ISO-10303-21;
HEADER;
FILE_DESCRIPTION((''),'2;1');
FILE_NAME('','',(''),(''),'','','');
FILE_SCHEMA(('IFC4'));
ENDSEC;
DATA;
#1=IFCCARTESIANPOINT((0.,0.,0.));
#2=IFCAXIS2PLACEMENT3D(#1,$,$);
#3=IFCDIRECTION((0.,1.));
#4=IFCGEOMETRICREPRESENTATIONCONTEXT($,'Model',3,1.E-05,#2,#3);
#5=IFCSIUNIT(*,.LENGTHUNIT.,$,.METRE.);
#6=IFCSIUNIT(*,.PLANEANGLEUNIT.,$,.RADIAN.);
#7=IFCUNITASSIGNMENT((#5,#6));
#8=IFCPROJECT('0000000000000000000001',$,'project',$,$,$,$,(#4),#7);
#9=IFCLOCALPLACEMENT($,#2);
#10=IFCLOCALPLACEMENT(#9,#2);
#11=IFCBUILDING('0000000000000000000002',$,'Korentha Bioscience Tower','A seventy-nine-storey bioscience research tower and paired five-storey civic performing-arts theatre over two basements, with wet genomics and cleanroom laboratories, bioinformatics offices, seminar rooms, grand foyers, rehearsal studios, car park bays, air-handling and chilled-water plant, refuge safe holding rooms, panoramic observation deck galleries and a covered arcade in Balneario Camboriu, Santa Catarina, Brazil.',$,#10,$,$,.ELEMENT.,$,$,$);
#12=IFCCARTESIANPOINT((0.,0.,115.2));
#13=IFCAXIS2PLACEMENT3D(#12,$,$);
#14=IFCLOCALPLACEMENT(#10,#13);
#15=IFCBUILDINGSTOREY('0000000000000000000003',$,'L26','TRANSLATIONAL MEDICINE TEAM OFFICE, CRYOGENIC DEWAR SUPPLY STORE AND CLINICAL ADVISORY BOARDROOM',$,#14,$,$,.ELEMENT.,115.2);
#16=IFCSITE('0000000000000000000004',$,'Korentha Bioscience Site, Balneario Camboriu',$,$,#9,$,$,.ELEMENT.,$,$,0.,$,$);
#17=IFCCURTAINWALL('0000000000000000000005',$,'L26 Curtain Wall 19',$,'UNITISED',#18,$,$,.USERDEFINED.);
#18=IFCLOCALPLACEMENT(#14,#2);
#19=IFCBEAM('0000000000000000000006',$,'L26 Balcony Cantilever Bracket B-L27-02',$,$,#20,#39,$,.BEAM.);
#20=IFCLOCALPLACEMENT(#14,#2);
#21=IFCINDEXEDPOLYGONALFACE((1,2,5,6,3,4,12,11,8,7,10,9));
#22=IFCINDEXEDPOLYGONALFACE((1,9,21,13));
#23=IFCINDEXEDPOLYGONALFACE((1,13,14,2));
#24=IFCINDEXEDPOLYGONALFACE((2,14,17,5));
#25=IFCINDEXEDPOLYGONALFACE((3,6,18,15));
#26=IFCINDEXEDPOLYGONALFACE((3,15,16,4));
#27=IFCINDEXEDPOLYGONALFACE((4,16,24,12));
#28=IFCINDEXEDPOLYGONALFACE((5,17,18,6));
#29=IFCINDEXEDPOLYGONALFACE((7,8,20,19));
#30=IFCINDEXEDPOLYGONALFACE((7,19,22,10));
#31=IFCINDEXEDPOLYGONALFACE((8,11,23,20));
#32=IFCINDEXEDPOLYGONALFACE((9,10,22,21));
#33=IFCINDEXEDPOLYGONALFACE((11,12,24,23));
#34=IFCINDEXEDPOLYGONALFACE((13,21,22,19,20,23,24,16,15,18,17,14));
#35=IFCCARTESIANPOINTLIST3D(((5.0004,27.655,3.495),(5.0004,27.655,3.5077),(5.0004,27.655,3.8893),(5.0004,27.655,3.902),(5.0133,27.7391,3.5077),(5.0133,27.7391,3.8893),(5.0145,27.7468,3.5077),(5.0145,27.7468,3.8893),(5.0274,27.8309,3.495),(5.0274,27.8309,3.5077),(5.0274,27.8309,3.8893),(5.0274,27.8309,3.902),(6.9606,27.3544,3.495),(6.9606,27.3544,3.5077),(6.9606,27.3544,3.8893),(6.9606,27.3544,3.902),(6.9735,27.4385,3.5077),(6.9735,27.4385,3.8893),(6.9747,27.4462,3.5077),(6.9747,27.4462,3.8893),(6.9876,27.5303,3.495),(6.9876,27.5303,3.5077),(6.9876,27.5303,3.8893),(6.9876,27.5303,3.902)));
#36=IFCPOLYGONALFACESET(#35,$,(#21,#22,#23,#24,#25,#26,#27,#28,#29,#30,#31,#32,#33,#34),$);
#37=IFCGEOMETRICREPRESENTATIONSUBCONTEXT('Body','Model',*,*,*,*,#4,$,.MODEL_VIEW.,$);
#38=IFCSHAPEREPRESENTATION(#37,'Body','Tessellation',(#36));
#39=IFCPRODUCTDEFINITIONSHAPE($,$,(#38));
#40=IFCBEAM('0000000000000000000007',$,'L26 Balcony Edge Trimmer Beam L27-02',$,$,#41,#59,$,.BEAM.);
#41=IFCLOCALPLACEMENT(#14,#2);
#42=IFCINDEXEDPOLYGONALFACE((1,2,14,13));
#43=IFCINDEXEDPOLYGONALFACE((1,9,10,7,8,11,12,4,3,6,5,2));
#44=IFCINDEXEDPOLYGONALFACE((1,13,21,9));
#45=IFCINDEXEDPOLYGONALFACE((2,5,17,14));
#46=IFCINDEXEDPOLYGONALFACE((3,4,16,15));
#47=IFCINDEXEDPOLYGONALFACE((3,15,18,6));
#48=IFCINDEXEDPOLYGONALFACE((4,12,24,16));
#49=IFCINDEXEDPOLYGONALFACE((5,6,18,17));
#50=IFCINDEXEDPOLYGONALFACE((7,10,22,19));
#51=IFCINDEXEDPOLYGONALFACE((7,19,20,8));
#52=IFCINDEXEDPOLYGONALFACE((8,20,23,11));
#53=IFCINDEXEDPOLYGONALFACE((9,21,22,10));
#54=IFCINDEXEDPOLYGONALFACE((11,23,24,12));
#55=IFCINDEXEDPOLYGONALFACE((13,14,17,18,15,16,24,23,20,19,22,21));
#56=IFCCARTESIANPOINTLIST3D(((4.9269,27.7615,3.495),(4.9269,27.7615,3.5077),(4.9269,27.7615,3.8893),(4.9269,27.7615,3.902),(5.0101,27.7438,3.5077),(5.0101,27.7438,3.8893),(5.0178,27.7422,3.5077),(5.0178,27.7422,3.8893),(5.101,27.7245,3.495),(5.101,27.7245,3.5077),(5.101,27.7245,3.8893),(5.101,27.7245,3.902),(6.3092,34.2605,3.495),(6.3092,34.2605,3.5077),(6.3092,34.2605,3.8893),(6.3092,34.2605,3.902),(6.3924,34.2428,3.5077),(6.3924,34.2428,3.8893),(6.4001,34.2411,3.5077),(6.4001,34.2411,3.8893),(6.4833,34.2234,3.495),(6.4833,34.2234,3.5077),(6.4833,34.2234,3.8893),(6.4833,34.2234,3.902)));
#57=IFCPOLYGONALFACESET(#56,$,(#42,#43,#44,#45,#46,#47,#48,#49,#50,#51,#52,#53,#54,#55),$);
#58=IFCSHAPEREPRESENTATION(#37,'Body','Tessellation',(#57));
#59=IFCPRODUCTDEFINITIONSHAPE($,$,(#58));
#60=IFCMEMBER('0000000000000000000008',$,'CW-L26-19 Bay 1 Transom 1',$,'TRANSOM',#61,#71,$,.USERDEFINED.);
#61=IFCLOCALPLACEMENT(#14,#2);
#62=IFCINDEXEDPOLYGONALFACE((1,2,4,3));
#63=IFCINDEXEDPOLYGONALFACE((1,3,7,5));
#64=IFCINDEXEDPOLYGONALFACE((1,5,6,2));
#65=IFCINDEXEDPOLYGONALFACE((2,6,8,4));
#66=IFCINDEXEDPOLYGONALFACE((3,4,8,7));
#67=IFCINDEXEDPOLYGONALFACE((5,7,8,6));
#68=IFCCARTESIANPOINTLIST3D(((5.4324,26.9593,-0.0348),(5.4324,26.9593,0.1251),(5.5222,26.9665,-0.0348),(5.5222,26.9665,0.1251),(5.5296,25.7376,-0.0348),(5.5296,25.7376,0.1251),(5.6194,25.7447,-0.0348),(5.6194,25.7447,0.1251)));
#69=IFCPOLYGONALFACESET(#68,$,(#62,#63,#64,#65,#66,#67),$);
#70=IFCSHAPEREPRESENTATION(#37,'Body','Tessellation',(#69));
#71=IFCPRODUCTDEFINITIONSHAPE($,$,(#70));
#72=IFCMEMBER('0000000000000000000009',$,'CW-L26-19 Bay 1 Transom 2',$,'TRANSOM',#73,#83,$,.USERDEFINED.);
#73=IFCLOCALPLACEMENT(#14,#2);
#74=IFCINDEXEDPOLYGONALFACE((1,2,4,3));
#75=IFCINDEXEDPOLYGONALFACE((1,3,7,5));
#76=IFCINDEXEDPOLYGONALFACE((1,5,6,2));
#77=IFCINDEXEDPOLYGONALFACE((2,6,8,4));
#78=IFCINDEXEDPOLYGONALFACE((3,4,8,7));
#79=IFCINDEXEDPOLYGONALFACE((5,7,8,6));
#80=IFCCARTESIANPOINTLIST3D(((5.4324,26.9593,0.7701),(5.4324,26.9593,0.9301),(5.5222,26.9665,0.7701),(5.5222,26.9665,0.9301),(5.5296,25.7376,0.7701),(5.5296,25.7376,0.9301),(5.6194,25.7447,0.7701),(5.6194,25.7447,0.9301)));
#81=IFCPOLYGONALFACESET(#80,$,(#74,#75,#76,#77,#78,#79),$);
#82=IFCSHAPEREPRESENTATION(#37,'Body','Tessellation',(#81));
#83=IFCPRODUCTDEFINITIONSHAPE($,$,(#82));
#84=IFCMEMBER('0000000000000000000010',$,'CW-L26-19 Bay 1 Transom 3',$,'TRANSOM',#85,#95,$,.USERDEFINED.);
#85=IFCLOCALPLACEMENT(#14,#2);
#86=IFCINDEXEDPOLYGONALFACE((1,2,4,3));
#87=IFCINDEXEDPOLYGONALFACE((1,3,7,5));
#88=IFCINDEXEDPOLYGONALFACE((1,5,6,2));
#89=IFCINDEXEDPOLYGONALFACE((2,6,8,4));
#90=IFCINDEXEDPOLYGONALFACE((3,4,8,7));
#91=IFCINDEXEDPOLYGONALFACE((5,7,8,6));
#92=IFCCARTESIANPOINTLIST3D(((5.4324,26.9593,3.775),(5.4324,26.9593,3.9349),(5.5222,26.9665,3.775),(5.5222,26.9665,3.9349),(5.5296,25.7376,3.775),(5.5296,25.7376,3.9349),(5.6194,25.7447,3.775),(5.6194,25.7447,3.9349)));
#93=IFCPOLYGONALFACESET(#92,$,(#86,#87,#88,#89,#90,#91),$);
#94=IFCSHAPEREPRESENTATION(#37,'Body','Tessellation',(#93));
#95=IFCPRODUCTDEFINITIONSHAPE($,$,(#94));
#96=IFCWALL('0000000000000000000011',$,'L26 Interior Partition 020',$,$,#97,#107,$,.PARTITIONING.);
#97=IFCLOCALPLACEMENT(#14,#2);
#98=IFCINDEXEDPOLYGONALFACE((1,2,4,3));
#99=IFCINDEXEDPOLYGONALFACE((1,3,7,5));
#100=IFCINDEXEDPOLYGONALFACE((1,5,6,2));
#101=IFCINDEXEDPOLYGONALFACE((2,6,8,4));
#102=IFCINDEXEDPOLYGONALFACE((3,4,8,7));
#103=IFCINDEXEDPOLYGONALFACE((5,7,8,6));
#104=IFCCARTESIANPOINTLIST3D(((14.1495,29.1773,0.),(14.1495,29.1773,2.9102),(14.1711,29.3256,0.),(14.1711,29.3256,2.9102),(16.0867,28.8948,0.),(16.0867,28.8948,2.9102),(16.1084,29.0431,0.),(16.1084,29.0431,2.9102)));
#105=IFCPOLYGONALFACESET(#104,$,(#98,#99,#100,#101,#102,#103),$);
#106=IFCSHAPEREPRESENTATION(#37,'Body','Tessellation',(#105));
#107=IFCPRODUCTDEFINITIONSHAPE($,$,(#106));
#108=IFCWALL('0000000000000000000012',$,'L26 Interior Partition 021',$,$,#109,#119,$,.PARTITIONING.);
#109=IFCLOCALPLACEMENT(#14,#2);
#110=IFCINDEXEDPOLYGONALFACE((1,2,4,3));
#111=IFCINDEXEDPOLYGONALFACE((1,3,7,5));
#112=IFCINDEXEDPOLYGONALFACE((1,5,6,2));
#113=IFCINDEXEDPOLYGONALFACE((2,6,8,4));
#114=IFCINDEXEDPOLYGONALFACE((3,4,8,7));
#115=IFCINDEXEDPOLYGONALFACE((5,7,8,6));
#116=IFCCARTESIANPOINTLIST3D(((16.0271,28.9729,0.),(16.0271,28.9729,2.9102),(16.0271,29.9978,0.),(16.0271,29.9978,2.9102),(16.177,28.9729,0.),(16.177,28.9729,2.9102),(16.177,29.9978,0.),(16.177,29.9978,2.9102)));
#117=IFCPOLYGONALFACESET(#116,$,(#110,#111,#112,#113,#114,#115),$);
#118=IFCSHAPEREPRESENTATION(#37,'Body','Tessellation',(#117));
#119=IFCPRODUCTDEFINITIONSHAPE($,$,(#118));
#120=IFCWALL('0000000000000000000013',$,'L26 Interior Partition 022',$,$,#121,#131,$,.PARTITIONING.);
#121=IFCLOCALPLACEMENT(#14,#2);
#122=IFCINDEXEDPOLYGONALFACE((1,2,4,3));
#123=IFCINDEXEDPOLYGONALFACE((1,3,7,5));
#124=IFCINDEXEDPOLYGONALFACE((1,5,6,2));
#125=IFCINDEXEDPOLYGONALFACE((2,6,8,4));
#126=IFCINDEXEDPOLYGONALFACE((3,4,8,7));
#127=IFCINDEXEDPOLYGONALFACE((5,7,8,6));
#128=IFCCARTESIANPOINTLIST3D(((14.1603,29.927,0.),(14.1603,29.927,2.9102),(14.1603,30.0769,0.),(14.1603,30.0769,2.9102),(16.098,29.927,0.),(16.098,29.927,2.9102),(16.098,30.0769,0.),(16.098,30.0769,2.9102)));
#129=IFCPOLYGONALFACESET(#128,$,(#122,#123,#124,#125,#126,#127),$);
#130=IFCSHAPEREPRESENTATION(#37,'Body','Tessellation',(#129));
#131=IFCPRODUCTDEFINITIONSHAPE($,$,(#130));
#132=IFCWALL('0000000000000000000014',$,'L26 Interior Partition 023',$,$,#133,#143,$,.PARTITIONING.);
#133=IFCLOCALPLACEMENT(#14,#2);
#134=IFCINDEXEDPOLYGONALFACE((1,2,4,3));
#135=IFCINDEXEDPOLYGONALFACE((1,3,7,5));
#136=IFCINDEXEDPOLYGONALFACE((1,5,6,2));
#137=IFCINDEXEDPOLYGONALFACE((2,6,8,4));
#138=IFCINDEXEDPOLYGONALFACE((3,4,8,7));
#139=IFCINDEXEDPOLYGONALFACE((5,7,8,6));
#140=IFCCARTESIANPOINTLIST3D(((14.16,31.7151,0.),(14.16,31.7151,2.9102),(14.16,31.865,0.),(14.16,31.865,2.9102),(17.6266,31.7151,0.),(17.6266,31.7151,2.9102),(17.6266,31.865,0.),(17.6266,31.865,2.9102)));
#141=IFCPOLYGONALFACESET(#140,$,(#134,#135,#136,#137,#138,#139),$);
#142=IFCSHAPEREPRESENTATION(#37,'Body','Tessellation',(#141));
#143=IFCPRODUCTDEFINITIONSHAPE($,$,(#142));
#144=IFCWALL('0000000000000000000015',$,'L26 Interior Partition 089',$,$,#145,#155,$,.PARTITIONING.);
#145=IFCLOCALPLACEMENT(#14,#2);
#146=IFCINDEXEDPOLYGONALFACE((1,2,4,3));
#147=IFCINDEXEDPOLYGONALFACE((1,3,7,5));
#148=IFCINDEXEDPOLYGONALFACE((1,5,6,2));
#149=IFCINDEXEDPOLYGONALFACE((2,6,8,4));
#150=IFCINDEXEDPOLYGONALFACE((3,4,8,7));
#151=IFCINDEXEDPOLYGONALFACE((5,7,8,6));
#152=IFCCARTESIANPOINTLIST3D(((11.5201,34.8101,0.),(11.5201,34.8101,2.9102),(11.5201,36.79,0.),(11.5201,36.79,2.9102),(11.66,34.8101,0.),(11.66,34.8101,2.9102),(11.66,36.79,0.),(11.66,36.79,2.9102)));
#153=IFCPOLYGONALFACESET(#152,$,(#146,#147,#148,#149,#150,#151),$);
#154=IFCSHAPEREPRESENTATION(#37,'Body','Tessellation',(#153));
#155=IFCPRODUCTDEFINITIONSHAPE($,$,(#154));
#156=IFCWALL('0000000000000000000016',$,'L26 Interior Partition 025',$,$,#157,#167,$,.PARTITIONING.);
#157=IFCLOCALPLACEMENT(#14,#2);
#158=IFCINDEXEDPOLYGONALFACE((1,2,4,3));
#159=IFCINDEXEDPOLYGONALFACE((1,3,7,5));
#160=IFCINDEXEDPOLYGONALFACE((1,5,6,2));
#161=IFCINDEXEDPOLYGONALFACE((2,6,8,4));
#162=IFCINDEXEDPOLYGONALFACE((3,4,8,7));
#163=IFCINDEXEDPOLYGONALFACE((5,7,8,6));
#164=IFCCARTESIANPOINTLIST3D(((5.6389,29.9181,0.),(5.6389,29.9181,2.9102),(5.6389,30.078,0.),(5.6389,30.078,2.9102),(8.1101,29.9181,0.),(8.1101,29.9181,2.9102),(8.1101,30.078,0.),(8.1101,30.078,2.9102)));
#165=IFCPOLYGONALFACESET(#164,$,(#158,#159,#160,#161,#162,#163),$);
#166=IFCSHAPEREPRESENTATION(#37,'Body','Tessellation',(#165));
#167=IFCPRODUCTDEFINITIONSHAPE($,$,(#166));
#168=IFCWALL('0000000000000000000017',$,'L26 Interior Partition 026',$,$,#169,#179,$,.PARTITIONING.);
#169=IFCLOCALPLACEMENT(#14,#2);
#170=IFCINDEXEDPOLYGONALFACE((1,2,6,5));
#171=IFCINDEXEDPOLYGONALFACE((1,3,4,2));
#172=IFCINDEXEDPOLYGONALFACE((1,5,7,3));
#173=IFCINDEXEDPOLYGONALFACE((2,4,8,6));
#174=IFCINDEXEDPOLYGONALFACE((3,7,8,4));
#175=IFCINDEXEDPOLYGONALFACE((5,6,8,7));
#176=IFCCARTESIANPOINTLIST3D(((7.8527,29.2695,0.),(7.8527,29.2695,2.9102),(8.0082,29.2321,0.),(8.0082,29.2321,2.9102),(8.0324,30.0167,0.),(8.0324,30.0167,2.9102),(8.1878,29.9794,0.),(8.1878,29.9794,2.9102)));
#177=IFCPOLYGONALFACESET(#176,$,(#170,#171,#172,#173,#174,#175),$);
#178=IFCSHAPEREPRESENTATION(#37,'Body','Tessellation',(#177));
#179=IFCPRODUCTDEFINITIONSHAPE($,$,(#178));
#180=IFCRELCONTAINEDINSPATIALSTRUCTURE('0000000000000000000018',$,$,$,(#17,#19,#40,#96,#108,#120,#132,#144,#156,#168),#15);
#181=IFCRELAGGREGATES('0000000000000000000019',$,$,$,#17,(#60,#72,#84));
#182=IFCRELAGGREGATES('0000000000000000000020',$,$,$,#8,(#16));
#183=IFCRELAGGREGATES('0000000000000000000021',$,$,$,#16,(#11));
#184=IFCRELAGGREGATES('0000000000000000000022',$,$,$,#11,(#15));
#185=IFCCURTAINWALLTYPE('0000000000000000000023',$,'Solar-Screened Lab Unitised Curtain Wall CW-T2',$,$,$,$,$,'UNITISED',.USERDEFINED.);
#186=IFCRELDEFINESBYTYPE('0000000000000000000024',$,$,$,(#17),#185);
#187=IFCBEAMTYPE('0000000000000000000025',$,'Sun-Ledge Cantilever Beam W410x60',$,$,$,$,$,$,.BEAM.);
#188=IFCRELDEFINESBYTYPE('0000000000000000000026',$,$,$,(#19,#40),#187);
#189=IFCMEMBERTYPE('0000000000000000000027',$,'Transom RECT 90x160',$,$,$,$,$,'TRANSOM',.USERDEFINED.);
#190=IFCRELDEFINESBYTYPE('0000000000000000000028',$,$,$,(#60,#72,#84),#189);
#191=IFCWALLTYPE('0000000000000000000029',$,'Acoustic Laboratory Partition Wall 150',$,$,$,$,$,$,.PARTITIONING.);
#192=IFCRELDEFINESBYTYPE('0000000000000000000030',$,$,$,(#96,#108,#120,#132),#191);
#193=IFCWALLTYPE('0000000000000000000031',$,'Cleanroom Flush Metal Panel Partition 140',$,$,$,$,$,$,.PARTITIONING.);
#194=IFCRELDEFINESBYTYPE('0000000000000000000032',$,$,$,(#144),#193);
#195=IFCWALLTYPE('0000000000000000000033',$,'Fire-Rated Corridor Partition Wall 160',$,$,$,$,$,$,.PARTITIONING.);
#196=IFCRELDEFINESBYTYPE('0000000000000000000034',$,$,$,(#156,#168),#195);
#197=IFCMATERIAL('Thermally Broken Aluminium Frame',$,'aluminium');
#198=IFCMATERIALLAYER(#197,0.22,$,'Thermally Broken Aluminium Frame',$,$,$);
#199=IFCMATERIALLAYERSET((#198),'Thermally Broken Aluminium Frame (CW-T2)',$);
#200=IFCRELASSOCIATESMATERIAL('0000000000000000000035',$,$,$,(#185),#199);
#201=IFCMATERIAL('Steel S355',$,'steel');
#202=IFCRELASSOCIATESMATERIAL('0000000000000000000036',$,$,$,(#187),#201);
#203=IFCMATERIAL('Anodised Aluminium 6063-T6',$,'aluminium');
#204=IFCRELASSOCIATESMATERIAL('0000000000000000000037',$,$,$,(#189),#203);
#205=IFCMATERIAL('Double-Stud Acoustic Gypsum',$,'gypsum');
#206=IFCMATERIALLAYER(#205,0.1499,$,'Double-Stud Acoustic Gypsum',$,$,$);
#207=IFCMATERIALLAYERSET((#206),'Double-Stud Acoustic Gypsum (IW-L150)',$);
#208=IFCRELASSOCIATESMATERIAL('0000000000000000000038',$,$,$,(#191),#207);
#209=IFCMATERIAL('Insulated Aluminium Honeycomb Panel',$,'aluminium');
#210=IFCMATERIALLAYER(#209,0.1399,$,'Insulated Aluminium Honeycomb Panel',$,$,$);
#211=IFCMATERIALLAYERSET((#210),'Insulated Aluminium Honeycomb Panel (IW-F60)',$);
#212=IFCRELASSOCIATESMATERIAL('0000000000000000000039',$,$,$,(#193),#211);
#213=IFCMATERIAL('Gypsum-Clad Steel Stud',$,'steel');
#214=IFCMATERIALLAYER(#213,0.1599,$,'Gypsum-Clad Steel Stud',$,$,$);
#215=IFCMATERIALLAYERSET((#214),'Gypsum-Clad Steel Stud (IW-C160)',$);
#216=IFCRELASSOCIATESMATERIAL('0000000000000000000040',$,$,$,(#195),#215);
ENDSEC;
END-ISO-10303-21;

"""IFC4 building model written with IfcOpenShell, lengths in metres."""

from ifc_helpers import new_model, si_unit, direction, frame, frame_2d, origin, origin_2d, place, context, subcontext, project, spatial, rectangle, i_section, extrude, material, layer, layer_set, material_profile, profile_set, type_object, element, aggregate, save


model = new_model("IFC4")

# Units and contexts
model_context = context("Model", 3, precision=1e-05, world=origin(), true_north=direction((0.0, 1.0)))
body_context = subcontext(model_context, "Body", "Model", "MODEL_VIEW")
ifc_project = project(units=[si_unit("LENGTHUNIT", "METRE"), si_unit("PLANEANGLEUNIT", "RADIAN")], contexts=[model_context])

# Site, building, storey
site_placement = place(None, origin())
site = spatial("IfcSite", under=ifc_project, at=site_placement, Name="Korentha Bioscience Site, Balneario Camboriu", CompositionType="ELEMENT", RefElevation=0.0)
building_placement = place(site_placement, origin())
building = spatial("IfcBuilding", under=site, at=building_placement, Name="Korentha Bioscience Tower", Description="A seventy-nine-storey bioscience research tower and paired five-storey civic performing-arts theatre over two basements, with wet genomics and cleanroom laboratories, bioinformatics offices, seminar rooms, grand foyers, rehearsal studios, car park bays, air-handling and chilled-water plant, refuge safe holding rooms, panoramic observation deck galleries and a covered arcade in Balneario Camboriu, Santa Catarina, Brazil.", CompositionType="ELEMENT")
storey_placement = place(building_placement, frame((0.0, 0.0, 115.2)))
storey = spatial("IfcBuildingStorey", under=building, at=storey_placement, Name="L26", Description="TRANSLATIONAL MEDICINE TEAM OFFICE, CRYOGENIC DEWAR SUPPLY STORE AND CLINICAL ADVISORY BOARDROOM", CompositionType="ELEMENT", Elevation=115.2)

# Curtain wall
ifc_material_1 = material(Name="Thermally Broken Aluminium Frame", Category="aluminium")
ifc_layer_1 = layer(ifc_material_1, 0.22, Name="Thermally Broken Aluminium Frame")
ifc_layer_set_1 = layer_set([ifc_layer_1], Name="Thermally Broken Aluminium Frame (CW-T2)")
curtain_wall_type = type_object("IfcCurtainWallType", Name="Solar-Screened Lab Unitised Curtain Wall CW-T2", ElementType="UNITISED", PredefinedType="USERDEFINED", material=ifc_layer_set_1)
curtain_wall_placement = place(storey_placement, origin())
curtain_wall = element("IfcCurtainWall", 1, at=curtain_wall_placement, inside=storey, type_object=curtain_wall_type, Name="L26 Curtain Wall 19", ObjectType="UNITISED", PredefinedType="USERDEFINED")
ifc_material_2 = material(Name="Anodised Aluminium 6063-T6", Category="aluminium")

# Beams
ifc_material_3 = material(Name="Steel S355", Category="steel")
ifc_material_profile_1 = material_profile(ifc_material_3, i_section(OverallWidth=0.178, OverallDepth=0.407, WebThickness=0.0078, FlangeThickness=0.0127, at=origin_2d()), Name="Steel S355")
ifc_profile_set_1 = profile_set([ifc_material_profile_1], Name="Steel S355 (CB-410)")
beam_type_1 = type_object("IfcBeamType", Name="Sun-Ledge Cantilever Beam W410x60", PredefinedType="BEAM", material=ifc_profile_set_1)
beam_1_placement = place(storey_placement, frame((6.9741, 27.4424, 3.6985), z_axis=(-0.98845, 0.151548, 0.0), x_axis=(-0.151548, -0.98845, 0.0)))
element("IfcBeam", 2, at=beam_1_placement, inside=storey, type_object=beam_type_1, Name="L26 Balcony Cantilever Bracket B-L27-02", PredefinedType="BEAM", context=body_context, shape_type="SweptSolid", body=[
    extrude(i_section(OverallWidth=0.178, OverallDepth=0.407, WebThickness=0.0078, FlangeThickness=0.0127, at=origin_2d()), origin(), (0.0, 0.0, 1.0), 1.9832),
])
beam_2_placement = place(storey_placement, frame((6.3962, 34.2419, 3.6985), z_axis=(-0.208043, -0.97812, 0.0), x_axis=(0.97812, -0.208043, 0.0)))
element("IfcBeam", 3, at=beam_2_placement, inside=storey, type_object=beam_type_1, Name="L26 Balcony Edge Trimmer Beam L27-02", PredefinedType="BEAM", context=body_context, shape_type="SweptSolid", body=[
    extrude(i_section(OverallWidth=0.178, OverallDepth=0.407, WebThickness=0.0078, FlangeThickness=0.0127, at=origin_2d()), origin(), (0.0, 0.0, 1.0), 6.6443),
])

# Members
ifc_material_profile_2 = material_profile(ifc_material_2, rectangle(XDim=0.0901, YDim=0.1599, at=origin_2d()), Name="Anodised Aluminium 6063-T6")
ifc_profile_set_2 = profile_set([ifc_material_profile_2], Name="Anodised Aluminium 6063-T6 (CW-TRN)")
member_type_1 = type_object("IfcMemberType", Name="Transom RECT 90x160", ElementType="TRANSOM", PredefinedType="USERDEFINED", material=ifc_profile_set_2)
member_1_placement = place(storey_placement, frame((5.4773, 26.9629, 0.0452), z_axis=(0.079286, -0.996852, 0.0), x_axis=(0.996852, 0.079286, 0.0)))
member_1 = element("IfcMember", 4, at=member_1_placement, type_object=member_type_1, Name="CW-L26-19 Bay 1 Transom 1", ObjectType="TRANSOM", PredefinedType="USERDEFINED", context=body_context, shape_type="SweptSolid", body=[
    extrude(rectangle(XDim=0.0901, YDim=0.1599, at=origin_2d()), origin(), (0.0, 0.0, 1.0), 1.2256),
])
member_2_placement = place(storey_placement, frame((5.4773, 26.9629, 0.8501), z_axis=(0.079286, -0.996852, 0.0), x_axis=(0.996852, 0.079286, 0.0)))
member_2 = element("IfcMember", 5, at=member_2_placement, type_object=member_type_1, Name="CW-L26-19 Bay 1 Transom 2", ObjectType="TRANSOM", PredefinedType="USERDEFINED", context=body_context, shape_type="SweptSolid", body=[
    extrude(rectangle(XDim=0.0901, YDim=0.1599, at=origin_2d()), origin(), (0.0, 0.0, 1.0), 1.2256),
])
member_3_placement = place(storey_placement, frame((5.4773, 26.9629, 3.855), z_axis=(0.079286, -0.996852, 0.0), x_axis=(0.996852, 0.079286, 0.0)))
member_3 = element("IfcMember", 6, at=member_3_placement, type_object=member_type_1, Name="CW-L26-19 Bay 1 Transom 3", ObjectType="TRANSOM", PredefinedType="USERDEFINED", context=body_context, shape_type="SweptSolid", body=[
    extrude(rectangle(XDim=0.0901, YDim=0.1599, at=origin_2d()), origin(), (0.0, 0.0, 1.0), 1.2256),
])
aggregate(curtain_wall, [member_1, member_2, member_3])

# Walls
ifc_material_4 = material(Name="Double-Stud Acoustic Gypsum", Category="gypsum")
ifc_layer_2 = layer(ifc_material_4, 0.1499, Name="Double-Stud Acoustic Gypsum")
ifc_layer_set_2 = layer_set([ifc_layer_2], Name="Double-Stud Acoustic Gypsum (IW-L150)")
wall_type_1 = type_object("IfcWallType", Name="Acoustic Laboratory Partition Wall 150", PredefinedType="PARTITIONING", material=ifc_layer_set_2)
wall_1_placement = place(storey_placement, frame((14.1602, 29.2515, 0.0), z_axis=(0.0, 0.0, 1.0), x_axis=(0.989536, -0.144284, 0.0)))
element("IfcWall", 7, at=wall_1_placement, inside=storey, type_object=wall_type_1, Name="L26 Interior Partition 020", PredefinedType="PARTITIONING", context=body_context, shape_type="SweptSolid", body=[
    extrude(rectangle(XDim=1.9578, YDim=0.1499, at=frame_2d((0.979, 0.0))), origin(), (0.0, 0.0, 1.0), 2.9102),
])
wall_2_placement = place(storey_placement, frame((16.1021, 28.9729, 0.0), z_axis=(0.0, 0.0, 1.0), x_axis=(0.0, 1.0, 0.0)))
element("IfcWall", 8, at=wall_2_placement, inside=storey, type_object=wall_type_1, Name="L26 Interior Partition 021", PredefinedType="PARTITIONING", context=body_context, shape_type="SweptSolid", body=[
    extrude(rectangle(XDim=1.0249, YDim=0.1499, at=frame_2d((0.5125, 0.0))), origin(), (0.0, 0.0, 1.0), 2.9102),
])
wall_3_placement = place(storey_placement, frame((16.0979, 30.002, 0.0), z_axis=(0.0, 0.0, 1.0), x_axis=(-1.0, 0.0, 0.0)))
element("IfcWall", 9, at=wall_3_placement, inside=storey, type_object=wall_type_1, Name="L26 Interior Partition 022", PredefinedType="PARTITIONING", context=body_context, shape_type="SweptSolid", body=[
    extrude(rectangle(XDim=1.9377, YDim=0.1499, at=frame_2d((0.9688, 0.0))), origin(), (0.0, 0.0, 1.0), 2.9102),
])
wall_4_placement = place(storey_placement, frame((14.1599, 31.79, 0.0), z_axis=(0.0, 0.0, 1.0), x_axis=(1.0, 0.0, 0.0)))
element("IfcWall", 10, at=wall_4_placement, inside=storey, type_object=wall_type_1, Name="L26 Interior Partition 023", PredefinedType="PARTITIONING", context=body_context, shape_type="SweptSolid", body=[
    extrude(rectangle(XDim=3.4666, YDim=0.1499, at=frame_2d((1.7334, 0.0))), origin(), (0.0, 0.0, 1.0), 2.9102),
])
ifc_material_5 = material(Name="Insulated Aluminium Honeycomb Panel", Category="aluminium")
ifc_layer_3 = layer(ifc_material_5, 0.1399, Name="Insulated Aluminium Honeycomb Panel")
ifc_layer_set_3 = layer_set([ifc_layer_3], Name="Insulated Aluminium Honeycomb Panel (IW-F60)")
wall_type_2 = type_object("IfcWallType", Name="Cleanroom Flush Metal Panel Partition 140", PredefinedType="PARTITIONING", material=ifc_layer_set_3)
wall_5_placement = place(storey_placement, frame((11.5901, 34.8101, 0.0), z_axis=(0.0, 0.0, 1.0), x_axis=(0.0, 1.0, 0.0)))
element("IfcWall", 11, at=wall_5_placement, inside=storey, type_object=wall_type_2, Name="L26 Interior Partition 089", PredefinedType="PARTITIONING", context=body_context, shape_type="SweptSolid", body=[
    extrude(rectangle(XDim=1.98, YDim=0.1399, at=frame_2d((0.99, 0.0))), origin(), (0.0, 0.0, 1.0), 2.9102),
])
ifc_material_6 = material(Name="Gypsum-Clad Steel Stud", Category="steel")
ifc_layer_4 = layer(ifc_material_6, 0.1599, Name="Gypsum-Clad Steel Stud")
ifc_layer_set_4 = layer_set([ifc_layer_4], Name="Gypsum-Clad Steel Stud (IW-C160)")
wall_type_3 = type_object("IfcWallType", Name="Fire-Rated Corridor Partition Wall 160", PredefinedType="PARTITIONING", material=ifc_layer_set_4)
wall_6_placement = place(storey_placement, frame((5.6389, 29.998, 0.0), z_axis=(0.0, 0.0, 1.0), x_axis=(1.0, 0.0, 0.0)))
element("IfcWall", 12, at=wall_6_placement, inside=storey, type_object=wall_type_3, Name="L26 Interior Partition 025", PredefinedType="PARTITIONING", context=body_context, shape_type="SweptSolid", body=[
    extrude(rectangle(XDim=2.4712, YDim=0.1599, at=frame_2d((1.2356, 0.0))), origin(), (0.0, 0.0, 1.0), 2.9102),
])
wall_7_placement = place(storey_placement, frame((8.1101, 29.998, 0.0), z_axis=(0.0, 0.0, 1.0), x_axis=(-0.233781, -0.972289, 0.0)))
element("IfcWall", 13, at=wall_7_placement, inside=storey, type_object=wall_type_3, Name="L26 Interior Partition 026", PredefinedType="PARTITIONING", context=body_context, shape_type="SweptSolid", body=[
    extrude(rectangle(XDim=0.7686, YDim=0.1599, at=frame_2d((0.3843, 0.0))), origin(), (0.0, 0.0, 1.0), 2.9102),
])

save(model, "model.ifc")
